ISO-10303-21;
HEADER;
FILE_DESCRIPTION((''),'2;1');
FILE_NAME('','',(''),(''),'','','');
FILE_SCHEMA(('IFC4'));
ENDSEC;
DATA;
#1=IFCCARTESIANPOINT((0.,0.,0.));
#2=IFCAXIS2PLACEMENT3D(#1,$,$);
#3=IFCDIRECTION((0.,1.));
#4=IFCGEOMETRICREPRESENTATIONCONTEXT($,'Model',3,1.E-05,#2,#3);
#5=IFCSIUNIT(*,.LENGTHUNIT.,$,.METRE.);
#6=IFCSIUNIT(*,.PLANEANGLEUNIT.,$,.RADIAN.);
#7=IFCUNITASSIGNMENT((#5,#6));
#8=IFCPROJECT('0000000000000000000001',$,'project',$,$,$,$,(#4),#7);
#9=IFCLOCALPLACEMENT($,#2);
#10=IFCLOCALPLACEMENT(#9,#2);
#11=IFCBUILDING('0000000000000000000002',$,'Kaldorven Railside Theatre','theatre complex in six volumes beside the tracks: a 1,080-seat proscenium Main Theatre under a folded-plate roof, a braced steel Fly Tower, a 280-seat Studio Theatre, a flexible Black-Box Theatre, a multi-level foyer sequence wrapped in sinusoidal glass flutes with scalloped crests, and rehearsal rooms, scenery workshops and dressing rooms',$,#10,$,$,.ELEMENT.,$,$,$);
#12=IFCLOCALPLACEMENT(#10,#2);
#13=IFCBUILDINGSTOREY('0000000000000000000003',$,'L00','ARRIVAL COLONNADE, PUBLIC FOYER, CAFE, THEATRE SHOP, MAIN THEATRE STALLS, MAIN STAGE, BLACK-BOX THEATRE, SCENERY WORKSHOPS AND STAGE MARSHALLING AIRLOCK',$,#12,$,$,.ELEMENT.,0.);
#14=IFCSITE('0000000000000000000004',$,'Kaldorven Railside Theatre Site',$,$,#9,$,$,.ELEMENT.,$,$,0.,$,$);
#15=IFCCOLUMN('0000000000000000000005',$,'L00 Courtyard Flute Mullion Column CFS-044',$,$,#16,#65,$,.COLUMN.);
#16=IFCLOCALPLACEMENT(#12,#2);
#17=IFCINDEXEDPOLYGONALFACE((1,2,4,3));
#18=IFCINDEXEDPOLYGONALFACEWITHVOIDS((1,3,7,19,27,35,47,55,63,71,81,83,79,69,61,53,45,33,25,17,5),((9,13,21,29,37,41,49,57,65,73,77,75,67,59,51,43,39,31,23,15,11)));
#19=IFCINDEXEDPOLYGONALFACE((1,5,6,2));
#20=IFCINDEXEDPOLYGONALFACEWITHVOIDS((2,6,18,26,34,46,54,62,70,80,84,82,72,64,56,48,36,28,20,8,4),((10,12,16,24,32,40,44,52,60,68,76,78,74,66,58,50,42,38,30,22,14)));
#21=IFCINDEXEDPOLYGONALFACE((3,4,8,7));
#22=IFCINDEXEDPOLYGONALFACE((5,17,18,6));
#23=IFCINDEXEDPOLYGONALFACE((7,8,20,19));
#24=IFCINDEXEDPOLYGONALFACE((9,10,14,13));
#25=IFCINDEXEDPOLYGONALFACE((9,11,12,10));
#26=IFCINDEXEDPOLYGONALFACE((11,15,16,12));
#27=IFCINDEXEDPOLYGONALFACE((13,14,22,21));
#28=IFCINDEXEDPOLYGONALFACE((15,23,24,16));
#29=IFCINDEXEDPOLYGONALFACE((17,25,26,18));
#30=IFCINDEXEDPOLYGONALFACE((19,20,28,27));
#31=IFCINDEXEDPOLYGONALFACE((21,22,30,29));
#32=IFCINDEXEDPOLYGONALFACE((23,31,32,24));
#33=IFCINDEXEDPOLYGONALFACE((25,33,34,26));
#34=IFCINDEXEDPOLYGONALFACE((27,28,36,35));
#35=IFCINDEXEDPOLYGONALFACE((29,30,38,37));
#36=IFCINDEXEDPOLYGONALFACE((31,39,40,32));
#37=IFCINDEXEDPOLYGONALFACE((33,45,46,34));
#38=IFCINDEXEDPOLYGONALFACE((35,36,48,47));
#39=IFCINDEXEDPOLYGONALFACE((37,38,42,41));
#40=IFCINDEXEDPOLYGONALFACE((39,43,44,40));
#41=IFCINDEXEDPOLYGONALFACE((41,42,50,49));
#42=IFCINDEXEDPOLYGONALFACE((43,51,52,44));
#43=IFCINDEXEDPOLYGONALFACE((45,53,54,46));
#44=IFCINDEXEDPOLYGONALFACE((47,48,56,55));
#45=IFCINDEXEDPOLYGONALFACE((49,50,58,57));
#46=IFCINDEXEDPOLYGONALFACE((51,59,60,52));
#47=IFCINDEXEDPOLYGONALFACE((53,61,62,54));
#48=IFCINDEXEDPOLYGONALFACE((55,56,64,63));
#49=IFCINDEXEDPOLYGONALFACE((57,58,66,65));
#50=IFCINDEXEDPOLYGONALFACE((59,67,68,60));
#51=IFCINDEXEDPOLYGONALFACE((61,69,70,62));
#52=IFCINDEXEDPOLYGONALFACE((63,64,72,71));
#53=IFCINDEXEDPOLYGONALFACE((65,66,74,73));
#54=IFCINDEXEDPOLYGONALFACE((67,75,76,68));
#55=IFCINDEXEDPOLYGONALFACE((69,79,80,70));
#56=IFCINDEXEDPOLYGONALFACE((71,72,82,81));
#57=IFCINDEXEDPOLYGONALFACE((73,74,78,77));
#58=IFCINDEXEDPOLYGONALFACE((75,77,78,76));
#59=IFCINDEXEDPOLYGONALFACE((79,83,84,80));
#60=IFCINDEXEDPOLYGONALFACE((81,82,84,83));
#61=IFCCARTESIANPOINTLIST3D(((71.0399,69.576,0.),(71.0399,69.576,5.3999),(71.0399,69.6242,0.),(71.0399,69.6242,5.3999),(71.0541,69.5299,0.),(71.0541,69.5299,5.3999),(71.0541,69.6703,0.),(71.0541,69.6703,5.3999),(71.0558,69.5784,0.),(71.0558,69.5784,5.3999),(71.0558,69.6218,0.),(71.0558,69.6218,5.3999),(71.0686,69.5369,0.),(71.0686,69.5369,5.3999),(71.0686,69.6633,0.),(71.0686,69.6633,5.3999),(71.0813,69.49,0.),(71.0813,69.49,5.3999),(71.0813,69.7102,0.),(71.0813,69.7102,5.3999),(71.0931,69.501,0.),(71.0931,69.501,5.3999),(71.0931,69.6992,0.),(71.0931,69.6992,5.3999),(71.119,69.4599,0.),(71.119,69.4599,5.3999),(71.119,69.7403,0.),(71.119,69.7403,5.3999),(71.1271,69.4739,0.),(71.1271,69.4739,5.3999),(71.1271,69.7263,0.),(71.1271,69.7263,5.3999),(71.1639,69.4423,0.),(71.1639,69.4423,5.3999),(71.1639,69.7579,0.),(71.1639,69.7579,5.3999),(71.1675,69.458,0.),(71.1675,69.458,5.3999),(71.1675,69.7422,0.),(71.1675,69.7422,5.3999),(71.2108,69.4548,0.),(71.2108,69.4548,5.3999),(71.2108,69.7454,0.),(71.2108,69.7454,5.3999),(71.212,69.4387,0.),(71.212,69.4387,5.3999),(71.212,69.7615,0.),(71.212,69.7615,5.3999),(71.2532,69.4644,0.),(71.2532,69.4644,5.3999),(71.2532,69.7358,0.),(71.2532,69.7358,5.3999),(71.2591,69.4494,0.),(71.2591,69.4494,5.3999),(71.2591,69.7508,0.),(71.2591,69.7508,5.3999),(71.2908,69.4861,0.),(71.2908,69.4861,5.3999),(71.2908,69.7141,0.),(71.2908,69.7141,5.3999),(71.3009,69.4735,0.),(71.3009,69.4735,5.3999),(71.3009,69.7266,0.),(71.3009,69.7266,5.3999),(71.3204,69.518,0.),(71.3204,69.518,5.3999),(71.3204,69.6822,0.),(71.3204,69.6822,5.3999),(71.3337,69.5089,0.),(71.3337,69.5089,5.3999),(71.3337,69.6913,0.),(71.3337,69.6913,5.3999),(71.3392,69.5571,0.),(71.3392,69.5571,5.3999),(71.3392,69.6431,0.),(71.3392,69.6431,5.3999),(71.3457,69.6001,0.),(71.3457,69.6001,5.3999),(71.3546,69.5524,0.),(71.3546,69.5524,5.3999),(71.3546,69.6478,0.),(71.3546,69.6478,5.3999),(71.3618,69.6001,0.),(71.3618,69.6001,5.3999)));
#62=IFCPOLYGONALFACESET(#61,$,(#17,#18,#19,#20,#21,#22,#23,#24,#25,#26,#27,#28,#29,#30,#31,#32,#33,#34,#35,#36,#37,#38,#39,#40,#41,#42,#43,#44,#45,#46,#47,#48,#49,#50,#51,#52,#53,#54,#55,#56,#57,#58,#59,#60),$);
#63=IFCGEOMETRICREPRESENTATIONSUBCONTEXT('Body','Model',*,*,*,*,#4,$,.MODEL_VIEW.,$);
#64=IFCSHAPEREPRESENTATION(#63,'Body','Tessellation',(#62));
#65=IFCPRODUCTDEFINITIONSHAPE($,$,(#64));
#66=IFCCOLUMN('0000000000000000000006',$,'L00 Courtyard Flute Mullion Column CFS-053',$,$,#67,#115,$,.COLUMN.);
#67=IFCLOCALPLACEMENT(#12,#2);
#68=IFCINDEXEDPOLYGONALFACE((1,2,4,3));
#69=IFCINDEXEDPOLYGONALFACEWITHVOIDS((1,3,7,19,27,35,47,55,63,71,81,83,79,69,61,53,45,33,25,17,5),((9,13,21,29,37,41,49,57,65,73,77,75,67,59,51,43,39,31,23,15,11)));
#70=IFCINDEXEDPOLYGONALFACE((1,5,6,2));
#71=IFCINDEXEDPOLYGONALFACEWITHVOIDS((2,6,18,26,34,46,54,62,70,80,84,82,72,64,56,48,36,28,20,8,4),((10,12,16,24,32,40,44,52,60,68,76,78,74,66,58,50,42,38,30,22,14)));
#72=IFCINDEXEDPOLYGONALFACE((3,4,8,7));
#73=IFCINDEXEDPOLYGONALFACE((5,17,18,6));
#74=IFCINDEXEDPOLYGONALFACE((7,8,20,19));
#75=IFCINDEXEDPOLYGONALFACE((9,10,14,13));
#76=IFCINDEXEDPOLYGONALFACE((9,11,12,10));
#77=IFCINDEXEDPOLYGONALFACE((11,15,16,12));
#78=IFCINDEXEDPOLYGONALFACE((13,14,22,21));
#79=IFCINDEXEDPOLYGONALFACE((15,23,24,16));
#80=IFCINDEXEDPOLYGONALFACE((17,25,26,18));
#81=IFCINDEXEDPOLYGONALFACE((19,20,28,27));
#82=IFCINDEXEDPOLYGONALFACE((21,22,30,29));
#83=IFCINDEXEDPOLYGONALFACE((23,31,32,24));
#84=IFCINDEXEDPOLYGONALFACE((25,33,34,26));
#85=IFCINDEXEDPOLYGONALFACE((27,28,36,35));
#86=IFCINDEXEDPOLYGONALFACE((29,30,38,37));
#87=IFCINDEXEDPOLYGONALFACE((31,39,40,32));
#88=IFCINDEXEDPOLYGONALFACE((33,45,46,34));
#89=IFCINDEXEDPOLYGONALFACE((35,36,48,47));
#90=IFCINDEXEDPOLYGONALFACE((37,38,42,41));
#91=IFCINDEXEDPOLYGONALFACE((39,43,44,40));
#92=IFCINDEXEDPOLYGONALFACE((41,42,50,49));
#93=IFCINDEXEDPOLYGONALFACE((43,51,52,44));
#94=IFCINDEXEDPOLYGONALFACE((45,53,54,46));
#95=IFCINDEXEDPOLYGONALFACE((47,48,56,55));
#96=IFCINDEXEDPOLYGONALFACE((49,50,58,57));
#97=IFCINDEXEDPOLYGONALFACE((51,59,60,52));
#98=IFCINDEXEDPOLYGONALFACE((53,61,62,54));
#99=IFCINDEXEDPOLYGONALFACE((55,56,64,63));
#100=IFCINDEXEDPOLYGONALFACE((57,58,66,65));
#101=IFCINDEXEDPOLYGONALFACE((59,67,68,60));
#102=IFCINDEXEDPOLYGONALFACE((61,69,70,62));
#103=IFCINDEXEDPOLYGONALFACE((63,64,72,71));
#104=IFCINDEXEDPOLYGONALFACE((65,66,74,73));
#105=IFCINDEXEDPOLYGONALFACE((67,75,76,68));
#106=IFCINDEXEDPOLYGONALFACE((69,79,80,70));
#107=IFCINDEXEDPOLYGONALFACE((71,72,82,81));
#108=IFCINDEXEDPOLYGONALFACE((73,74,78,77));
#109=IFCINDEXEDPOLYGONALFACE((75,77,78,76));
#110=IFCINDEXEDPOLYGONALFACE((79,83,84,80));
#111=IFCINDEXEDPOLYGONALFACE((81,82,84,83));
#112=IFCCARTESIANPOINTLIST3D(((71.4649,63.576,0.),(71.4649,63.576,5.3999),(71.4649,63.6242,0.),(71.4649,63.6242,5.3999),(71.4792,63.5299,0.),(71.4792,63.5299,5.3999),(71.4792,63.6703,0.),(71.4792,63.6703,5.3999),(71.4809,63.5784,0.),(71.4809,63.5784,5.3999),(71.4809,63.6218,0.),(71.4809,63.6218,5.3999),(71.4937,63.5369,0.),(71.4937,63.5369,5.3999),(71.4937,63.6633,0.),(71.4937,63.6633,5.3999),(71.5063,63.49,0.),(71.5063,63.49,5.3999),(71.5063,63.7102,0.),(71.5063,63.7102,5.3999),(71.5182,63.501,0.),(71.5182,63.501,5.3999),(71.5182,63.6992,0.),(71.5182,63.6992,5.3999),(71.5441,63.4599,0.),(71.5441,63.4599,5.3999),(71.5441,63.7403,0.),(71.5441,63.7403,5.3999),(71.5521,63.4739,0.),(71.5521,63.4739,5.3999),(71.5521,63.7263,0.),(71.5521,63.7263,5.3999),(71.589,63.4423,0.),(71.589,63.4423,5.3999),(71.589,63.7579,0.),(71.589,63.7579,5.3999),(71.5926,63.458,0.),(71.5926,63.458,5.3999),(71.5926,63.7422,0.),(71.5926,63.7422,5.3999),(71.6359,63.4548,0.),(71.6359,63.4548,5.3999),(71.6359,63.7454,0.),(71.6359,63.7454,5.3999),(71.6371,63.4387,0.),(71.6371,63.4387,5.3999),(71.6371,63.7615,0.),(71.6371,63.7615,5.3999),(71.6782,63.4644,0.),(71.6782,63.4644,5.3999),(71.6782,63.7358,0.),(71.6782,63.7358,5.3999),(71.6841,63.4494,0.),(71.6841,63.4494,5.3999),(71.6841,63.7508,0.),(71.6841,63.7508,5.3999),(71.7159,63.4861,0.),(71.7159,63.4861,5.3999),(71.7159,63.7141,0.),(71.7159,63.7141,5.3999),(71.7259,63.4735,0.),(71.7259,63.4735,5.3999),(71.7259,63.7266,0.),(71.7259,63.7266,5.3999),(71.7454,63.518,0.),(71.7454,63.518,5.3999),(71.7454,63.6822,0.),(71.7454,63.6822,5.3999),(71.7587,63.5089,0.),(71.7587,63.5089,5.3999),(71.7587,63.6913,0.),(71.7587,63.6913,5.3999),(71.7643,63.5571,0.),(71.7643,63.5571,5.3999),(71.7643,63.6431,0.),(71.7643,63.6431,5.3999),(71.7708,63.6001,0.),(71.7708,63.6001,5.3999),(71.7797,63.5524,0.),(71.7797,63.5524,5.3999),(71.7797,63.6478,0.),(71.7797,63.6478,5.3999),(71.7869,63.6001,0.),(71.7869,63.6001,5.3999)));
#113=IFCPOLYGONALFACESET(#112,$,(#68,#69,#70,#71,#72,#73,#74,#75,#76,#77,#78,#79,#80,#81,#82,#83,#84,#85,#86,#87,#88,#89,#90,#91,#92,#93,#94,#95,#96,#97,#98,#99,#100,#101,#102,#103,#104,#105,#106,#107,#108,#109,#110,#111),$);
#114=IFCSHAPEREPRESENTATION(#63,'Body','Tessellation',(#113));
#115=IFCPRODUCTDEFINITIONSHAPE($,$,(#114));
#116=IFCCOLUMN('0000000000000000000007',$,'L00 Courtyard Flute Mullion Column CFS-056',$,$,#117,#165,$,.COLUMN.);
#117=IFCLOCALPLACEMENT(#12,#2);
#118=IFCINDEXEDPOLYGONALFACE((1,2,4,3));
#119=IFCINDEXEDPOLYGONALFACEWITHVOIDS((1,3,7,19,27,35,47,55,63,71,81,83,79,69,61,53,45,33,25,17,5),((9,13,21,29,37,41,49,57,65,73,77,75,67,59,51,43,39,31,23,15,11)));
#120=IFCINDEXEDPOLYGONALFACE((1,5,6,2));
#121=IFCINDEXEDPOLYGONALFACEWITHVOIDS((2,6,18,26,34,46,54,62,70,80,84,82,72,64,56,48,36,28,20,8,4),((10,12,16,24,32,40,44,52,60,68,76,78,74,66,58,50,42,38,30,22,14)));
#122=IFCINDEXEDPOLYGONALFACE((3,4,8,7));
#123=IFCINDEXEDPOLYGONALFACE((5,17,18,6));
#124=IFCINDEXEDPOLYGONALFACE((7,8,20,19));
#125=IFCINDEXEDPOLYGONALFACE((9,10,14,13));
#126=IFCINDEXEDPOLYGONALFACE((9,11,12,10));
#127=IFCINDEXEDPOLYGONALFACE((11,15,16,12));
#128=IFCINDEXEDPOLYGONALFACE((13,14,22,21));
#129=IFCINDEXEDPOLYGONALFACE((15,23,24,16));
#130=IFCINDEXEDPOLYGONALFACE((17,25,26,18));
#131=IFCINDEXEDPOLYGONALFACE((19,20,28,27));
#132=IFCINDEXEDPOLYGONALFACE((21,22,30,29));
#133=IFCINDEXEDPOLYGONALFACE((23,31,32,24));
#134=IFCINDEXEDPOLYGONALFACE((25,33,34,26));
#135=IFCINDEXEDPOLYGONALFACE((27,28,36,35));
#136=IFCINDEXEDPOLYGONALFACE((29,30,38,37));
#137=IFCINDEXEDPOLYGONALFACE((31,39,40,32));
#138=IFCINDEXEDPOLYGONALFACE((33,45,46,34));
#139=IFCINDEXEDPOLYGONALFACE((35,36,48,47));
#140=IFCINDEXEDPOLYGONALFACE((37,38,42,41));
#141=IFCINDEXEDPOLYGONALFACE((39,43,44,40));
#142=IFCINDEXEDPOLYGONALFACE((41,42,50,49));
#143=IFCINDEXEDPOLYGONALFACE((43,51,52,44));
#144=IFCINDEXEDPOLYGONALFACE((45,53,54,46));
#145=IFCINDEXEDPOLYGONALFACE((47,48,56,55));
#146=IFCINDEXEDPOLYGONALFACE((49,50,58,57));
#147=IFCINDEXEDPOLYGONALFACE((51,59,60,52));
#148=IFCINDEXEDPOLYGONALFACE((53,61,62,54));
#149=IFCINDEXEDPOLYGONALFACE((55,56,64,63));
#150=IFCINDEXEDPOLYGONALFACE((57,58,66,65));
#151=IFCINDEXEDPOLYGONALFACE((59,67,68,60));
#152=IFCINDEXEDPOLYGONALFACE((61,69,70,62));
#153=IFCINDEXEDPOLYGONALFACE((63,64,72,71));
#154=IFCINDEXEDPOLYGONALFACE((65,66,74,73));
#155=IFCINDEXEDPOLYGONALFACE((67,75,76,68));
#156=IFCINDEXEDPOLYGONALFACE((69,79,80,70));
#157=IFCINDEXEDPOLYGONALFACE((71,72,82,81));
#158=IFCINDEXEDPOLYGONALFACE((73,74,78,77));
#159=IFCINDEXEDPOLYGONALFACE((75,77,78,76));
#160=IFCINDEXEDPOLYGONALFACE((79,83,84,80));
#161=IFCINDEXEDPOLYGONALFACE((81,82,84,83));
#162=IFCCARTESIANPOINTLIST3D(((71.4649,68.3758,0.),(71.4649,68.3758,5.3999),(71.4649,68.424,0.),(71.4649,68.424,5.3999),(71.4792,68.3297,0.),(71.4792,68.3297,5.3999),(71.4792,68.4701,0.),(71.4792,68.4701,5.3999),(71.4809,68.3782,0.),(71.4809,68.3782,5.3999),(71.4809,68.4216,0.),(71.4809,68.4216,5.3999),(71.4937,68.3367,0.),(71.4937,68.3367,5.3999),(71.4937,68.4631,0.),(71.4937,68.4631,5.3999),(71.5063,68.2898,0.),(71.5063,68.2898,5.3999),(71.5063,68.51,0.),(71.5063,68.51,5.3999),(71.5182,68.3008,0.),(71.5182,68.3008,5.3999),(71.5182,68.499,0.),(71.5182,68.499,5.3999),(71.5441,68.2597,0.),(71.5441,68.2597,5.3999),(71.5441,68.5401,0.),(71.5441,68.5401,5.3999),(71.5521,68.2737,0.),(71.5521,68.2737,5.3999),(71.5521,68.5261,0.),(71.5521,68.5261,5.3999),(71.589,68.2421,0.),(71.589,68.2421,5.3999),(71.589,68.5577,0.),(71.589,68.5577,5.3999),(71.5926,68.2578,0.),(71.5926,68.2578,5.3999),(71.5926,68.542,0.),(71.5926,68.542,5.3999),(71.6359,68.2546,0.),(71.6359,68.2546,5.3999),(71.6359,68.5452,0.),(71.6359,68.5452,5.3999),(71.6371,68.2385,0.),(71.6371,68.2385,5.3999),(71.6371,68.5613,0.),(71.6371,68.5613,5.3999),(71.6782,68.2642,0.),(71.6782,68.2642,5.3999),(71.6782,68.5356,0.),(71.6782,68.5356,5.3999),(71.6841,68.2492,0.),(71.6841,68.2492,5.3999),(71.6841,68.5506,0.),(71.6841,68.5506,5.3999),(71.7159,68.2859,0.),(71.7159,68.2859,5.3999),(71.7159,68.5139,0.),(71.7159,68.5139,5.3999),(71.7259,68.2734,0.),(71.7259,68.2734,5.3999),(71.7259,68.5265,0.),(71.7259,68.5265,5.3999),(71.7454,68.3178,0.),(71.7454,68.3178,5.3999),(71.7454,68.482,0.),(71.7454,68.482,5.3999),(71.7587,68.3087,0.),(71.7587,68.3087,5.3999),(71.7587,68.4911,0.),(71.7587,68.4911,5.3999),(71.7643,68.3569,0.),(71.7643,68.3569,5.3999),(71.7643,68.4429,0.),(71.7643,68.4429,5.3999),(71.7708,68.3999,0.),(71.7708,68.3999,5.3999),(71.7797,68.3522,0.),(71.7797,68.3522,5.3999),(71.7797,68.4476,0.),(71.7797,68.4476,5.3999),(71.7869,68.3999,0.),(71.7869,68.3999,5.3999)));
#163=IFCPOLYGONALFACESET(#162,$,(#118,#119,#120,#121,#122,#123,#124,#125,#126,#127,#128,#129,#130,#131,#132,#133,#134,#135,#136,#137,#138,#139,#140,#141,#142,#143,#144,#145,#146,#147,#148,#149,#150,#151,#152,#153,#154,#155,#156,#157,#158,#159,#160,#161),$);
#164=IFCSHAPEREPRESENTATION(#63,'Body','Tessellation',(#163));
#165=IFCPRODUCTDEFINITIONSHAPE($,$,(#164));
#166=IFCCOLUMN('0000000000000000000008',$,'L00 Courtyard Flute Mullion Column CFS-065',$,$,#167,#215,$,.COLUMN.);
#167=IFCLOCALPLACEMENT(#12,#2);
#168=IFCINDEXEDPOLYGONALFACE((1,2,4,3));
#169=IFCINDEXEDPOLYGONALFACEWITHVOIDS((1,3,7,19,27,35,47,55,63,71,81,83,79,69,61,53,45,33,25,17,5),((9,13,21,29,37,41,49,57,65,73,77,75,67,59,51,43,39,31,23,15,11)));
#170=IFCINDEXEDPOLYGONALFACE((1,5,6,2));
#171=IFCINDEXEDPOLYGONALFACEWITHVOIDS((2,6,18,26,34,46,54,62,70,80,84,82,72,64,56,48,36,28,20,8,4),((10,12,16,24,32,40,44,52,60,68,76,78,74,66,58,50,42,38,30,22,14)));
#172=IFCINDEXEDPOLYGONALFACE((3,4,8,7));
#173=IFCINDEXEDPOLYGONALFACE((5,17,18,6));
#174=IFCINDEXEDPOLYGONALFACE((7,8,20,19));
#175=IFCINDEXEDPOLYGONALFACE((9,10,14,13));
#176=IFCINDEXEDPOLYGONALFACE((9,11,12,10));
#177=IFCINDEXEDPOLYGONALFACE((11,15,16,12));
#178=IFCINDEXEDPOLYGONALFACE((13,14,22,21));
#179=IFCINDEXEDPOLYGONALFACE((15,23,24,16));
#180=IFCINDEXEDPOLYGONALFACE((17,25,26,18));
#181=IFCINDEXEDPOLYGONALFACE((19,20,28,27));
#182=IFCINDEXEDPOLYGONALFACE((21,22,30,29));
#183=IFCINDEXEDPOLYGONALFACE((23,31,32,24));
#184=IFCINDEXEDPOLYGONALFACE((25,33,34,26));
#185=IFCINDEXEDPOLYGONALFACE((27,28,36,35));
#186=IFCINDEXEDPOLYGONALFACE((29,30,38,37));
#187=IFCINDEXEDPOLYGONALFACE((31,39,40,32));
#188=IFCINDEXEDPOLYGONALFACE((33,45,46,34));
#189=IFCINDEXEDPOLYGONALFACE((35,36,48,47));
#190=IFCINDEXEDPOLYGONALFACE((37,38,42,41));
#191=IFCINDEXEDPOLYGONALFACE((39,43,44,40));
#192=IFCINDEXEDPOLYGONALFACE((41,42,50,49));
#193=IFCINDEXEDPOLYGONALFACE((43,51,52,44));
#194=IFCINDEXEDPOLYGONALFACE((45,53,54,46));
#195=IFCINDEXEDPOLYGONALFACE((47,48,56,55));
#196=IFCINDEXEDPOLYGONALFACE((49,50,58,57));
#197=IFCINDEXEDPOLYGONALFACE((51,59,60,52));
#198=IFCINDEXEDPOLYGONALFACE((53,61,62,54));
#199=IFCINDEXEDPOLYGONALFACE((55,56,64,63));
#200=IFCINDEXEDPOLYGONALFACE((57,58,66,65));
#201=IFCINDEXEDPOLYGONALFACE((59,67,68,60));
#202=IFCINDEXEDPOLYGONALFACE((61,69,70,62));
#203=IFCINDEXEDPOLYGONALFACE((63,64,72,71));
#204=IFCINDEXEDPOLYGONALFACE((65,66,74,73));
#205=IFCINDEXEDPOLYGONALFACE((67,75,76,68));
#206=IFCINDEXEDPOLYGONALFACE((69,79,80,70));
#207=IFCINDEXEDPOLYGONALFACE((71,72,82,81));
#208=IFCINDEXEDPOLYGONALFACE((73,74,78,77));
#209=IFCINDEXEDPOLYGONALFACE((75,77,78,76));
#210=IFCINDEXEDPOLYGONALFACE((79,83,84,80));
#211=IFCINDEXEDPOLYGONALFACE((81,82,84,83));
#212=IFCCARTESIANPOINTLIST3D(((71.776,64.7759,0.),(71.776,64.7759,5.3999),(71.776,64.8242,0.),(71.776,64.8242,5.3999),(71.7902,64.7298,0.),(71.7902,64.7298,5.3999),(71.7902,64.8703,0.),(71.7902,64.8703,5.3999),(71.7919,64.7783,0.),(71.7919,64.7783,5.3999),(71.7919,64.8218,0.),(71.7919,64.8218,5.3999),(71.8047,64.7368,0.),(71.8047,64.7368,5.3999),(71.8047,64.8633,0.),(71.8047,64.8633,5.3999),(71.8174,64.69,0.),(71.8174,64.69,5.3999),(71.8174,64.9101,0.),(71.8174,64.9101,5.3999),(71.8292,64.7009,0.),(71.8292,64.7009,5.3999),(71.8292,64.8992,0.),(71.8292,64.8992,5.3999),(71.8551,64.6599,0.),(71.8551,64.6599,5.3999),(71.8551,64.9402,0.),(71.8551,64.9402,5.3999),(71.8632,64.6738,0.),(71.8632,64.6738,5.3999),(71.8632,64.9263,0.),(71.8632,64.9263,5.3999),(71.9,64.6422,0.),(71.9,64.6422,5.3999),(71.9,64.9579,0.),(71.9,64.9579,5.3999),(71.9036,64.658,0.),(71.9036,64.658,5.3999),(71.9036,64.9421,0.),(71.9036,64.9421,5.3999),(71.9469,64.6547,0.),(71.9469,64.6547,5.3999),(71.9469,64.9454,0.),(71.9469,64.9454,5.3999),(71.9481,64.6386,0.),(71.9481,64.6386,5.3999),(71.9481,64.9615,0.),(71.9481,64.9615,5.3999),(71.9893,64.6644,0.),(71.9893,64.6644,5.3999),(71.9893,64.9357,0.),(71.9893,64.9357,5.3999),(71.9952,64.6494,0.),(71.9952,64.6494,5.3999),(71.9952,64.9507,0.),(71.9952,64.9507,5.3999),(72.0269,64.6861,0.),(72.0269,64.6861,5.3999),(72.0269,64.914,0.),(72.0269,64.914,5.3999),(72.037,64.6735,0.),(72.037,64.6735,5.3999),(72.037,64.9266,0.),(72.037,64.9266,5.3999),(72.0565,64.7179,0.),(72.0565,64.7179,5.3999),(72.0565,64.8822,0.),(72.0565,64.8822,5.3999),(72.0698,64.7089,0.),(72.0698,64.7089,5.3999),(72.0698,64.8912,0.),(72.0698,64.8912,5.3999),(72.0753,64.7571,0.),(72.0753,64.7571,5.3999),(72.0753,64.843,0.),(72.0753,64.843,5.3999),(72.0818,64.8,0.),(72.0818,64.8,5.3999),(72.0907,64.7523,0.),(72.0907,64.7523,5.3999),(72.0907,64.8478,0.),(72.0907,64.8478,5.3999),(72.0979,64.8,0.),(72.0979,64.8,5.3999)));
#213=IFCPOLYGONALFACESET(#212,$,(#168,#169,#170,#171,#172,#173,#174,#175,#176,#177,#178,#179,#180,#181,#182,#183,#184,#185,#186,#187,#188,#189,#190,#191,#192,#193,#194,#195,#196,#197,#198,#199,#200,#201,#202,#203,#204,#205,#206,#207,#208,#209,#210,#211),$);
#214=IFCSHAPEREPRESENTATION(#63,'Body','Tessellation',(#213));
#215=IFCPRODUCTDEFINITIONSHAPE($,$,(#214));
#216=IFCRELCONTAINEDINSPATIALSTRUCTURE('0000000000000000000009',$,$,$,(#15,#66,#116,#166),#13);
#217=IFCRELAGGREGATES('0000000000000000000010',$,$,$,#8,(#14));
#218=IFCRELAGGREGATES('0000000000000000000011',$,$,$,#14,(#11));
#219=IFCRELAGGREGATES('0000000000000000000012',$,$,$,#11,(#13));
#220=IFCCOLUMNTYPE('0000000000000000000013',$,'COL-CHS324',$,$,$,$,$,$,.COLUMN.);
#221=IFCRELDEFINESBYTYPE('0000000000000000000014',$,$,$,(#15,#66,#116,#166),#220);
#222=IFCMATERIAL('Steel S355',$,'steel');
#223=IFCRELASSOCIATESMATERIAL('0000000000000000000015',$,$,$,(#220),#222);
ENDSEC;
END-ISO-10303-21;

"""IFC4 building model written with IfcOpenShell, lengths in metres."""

from ifc_helpers import new_model, si_unit, direction, frame, origin, origin_2d, place, context, subcontext, project, spatial, hollow_circle, extrude, material, material_profile, profile_set, type_object, element, save


model = new_model("IFC4")

# Units and contexts
model_context = context("Model", 3, precision=1e-05, world=origin(), true_north=direction((0.0, 1.0)))
body_context = subcontext(model_context, "Body", "Model", "MODEL_VIEW")
ifc_project = project(units=[si_unit("LENGTHUNIT", "METRE"), si_unit("PLANEANGLEUNIT", "RADIAN")], contexts=[model_context])

# Site, building, storey
site_placement = place(None, origin())
site = spatial("IfcSite", under=ifc_project, at=site_placement, Name="Kaldorven Railside Theatre Site", CompositionType="ELEMENT", RefElevation=0.0)
building_placement = place(site_placement, origin())
building = spatial("IfcBuilding", under=site, at=building_placement, Name="Kaldorven Railside Theatre", Description="theatre complex in six volumes beside the tracks: a 1,080-seat proscenium Main Theatre under a folded-plate roof, a braced steel Fly Tower, a 280-seat Studio Theatre, a flexible Black-Box Theatre, a multi-level foyer sequence wrapped in sinusoidal glass flutes with scalloped crests, and rehearsal rooms, scenery workshops and dressing rooms", CompositionType="ELEMENT")
storey_placement = place(building_placement, origin())
storey = spatial("IfcBuildingStorey", under=building, at=storey_placement, Name="L00", Description="ARRIVAL COLONNADE, PUBLIC FOYER, CAFE, THEATRE SHOP, MAIN THEATRE STALLS, MAIN STAGE, BLACK-BOX THEATRE, SCENERY WORKSHOPS AND STAGE MARSHALLING AIRLOCK", CompositionType="ELEMENT", Elevation=0.0)

# Columns
ifc_material_1 = material(Name="Steel S355", Category="steel")
ifc_material_profile_1 = material_profile(ifc_material_1, hollow_circle(Radius=0.1619, WallThickness=0.0161, at=origin_2d()), Name="CHS 323.9x16")
ifc_profile_set_1 = profile_set([ifc_material_profile_1], Name="Steel S355")
column_type_1 = type_object("IfcColumnType", Name="COL-CHS324", PredefinedType="COLUMN", material=ifc_profile_set_1)
for number, where, z_axis, x_axis, name in (
    (1, (71.2, 69.6001, 0.0), (0.0, 0.0, 1.0), (1.0, 0.0, 0.0), "L00 Courtyard Flute Mullion Column CFS-044"),
    (2, (71.625, 63.6001, 0.0), (0.0, 0.0, 1.0), (1.0, 0.0, 0.0), "L00 Courtyard Flute Mullion Column CFS-053"),
    (3, (71.625, 68.3999, 0.0), (0.0, 0.0, 1.0), (1.0, 0.0, 0.0), "L00 Courtyard Flute Mullion Column CFS-056"),
    (4, (71.936, 64.8, 0.0), (0.0, 0.0, 1.0), (1.0, 0.0, 0.0), "L00 Courtyard Flute Mullion Column CFS-065"),
):
    element("IfcColumn", number, at=place(storey_placement, frame(where, z_axis=z_axis, x_axis=x_axis)), inside=storey, type_object=column_type_1, Name=name, PredefinedType="COLUMN", context=body_context, shape_type="SweptSolid", body=[
        extrude(hollow_circle(Radius=0.1619, WallThickness=0.0161, at=origin_2d()), origin(), (0.0, 0.0, 1.0), 5.3999),
    ])

save(model, "model.ifc")
